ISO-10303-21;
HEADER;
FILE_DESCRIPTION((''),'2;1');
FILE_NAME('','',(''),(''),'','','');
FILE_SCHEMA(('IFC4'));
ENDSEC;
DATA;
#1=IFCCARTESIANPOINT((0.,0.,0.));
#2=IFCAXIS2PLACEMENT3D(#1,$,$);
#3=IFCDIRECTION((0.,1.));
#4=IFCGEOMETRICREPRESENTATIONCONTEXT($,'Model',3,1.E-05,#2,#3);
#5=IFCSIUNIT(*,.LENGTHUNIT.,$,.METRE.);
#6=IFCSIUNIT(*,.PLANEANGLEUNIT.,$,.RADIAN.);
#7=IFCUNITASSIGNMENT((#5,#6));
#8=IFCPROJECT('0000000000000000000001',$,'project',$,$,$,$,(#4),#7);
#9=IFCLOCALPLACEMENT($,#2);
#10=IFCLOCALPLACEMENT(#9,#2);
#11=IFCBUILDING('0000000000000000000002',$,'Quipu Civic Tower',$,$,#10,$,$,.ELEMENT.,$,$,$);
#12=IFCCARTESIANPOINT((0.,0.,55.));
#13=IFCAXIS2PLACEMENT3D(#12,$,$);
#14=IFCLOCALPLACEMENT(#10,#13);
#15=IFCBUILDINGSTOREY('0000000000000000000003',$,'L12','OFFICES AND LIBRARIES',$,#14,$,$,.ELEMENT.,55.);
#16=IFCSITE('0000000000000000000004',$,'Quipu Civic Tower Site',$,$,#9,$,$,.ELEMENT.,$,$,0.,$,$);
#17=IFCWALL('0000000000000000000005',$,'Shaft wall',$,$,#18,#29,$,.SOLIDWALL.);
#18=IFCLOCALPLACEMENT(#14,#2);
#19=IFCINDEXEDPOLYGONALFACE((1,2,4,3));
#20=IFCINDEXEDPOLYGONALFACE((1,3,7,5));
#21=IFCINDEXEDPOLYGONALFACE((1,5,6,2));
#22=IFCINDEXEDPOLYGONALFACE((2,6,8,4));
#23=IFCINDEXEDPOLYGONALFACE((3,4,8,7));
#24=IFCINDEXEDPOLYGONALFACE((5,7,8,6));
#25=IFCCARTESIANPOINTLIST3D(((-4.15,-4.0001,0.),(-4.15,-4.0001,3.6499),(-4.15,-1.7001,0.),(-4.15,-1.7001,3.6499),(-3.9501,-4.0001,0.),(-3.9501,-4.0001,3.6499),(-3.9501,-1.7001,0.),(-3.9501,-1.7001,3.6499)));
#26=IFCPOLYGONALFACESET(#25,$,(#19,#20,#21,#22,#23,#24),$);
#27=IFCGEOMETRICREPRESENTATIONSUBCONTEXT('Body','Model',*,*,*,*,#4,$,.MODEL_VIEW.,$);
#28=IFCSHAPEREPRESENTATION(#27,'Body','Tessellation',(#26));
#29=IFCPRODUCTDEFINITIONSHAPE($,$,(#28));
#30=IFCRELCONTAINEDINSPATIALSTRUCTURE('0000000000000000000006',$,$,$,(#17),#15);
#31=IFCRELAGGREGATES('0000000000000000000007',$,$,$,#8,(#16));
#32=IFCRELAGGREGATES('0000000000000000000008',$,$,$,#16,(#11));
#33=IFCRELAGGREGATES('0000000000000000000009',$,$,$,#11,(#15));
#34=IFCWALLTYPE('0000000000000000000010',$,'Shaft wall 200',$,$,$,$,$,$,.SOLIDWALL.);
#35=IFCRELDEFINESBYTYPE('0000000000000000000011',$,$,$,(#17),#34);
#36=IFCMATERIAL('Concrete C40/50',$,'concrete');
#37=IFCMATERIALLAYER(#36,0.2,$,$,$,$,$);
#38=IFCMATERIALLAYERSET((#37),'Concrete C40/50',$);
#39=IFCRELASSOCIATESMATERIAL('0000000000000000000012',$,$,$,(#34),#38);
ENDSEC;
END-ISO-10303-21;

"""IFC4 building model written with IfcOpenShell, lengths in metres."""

from ifc_helpers import new_model, si_unit, direction, frame, frame_2d, origin, place, context, subcontext, project, spatial, rectangle, extrude, material, layer, layer_set, type_object, element, save


model = new_model("IFC4")

# Units and contexts
model_context = context("Model", 3, precision=1e-05, world=origin(), true_north=direction((0.0, 1.0)))
body_context = subcontext(model_context, "Body", "Model", "MODEL_VIEW")
ifc_project = project(units=[si_unit("LENGTHUNIT", "METRE"), si_unit("PLANEANGLEUNIT", "RADIAN")], contexts=[model_context])

# Site, building, storey
site_placement = place(None, origin())
site = spatial("IfcSite", under=ifc_project, at=site_placement, Name="Quipu Civic Tower Site", CompositionType="ELEMENT", RefElevation=0.0)
building_placement = place(site_placement, origin())
building = spatial("IfcBuilding", under=site, at=building_placement, Name="Quipu Civic Tower", CompositionType="ELEMENT")
storey_placement = place(building_placement, frame((0.0, 0.0, 55.0)))
storey = spatial("IfcBuildingStorey", under=building, at=storey_placement, Name="L12", Description="OFFICES AND LIBRARIES", CompositionType="ELEMENT", Elevation=55.0)

# Wall
ifc_material_1 = material(Name="Concrete C40/50", Category="concrete")
ifc_layer_1 = layer(ifc_material_1, 0.2)
ifc_layer_set_1 = layer_set([ifc_layer_1], Name="Concrete C40/50")
wall_type_1 = type_object("IfcWallType", Name="Shaft wall 200", PredefinedType="SOLIDWALL", material=ifc_layer_set_1)
for number, where, z_axis, x_axis, name in (
    (1, (-4.05, -4.0, 0.0), (0.0, 0.0, 1.0), (0.0, 1.0, 0.0), "Shaft wall"),
):
    element("IfcWall", number, at=place(storey_placement, frame(where, z_axis=z_axis, x_axis=x_axis)), inside=storey, type_object=wall_type_1, Name=name, PredefinedType="SOLIDWALL", context=body_context, shape_type="SweptSolid", body=[
        extrude(rectangle(XDim=2.3, YDim=0.2, at=frame_2d((1.1499, 0.0))), origin(), (0.0, 0.0, 1.0), 3.6499),
    ])

save(model, "model.ifc")
